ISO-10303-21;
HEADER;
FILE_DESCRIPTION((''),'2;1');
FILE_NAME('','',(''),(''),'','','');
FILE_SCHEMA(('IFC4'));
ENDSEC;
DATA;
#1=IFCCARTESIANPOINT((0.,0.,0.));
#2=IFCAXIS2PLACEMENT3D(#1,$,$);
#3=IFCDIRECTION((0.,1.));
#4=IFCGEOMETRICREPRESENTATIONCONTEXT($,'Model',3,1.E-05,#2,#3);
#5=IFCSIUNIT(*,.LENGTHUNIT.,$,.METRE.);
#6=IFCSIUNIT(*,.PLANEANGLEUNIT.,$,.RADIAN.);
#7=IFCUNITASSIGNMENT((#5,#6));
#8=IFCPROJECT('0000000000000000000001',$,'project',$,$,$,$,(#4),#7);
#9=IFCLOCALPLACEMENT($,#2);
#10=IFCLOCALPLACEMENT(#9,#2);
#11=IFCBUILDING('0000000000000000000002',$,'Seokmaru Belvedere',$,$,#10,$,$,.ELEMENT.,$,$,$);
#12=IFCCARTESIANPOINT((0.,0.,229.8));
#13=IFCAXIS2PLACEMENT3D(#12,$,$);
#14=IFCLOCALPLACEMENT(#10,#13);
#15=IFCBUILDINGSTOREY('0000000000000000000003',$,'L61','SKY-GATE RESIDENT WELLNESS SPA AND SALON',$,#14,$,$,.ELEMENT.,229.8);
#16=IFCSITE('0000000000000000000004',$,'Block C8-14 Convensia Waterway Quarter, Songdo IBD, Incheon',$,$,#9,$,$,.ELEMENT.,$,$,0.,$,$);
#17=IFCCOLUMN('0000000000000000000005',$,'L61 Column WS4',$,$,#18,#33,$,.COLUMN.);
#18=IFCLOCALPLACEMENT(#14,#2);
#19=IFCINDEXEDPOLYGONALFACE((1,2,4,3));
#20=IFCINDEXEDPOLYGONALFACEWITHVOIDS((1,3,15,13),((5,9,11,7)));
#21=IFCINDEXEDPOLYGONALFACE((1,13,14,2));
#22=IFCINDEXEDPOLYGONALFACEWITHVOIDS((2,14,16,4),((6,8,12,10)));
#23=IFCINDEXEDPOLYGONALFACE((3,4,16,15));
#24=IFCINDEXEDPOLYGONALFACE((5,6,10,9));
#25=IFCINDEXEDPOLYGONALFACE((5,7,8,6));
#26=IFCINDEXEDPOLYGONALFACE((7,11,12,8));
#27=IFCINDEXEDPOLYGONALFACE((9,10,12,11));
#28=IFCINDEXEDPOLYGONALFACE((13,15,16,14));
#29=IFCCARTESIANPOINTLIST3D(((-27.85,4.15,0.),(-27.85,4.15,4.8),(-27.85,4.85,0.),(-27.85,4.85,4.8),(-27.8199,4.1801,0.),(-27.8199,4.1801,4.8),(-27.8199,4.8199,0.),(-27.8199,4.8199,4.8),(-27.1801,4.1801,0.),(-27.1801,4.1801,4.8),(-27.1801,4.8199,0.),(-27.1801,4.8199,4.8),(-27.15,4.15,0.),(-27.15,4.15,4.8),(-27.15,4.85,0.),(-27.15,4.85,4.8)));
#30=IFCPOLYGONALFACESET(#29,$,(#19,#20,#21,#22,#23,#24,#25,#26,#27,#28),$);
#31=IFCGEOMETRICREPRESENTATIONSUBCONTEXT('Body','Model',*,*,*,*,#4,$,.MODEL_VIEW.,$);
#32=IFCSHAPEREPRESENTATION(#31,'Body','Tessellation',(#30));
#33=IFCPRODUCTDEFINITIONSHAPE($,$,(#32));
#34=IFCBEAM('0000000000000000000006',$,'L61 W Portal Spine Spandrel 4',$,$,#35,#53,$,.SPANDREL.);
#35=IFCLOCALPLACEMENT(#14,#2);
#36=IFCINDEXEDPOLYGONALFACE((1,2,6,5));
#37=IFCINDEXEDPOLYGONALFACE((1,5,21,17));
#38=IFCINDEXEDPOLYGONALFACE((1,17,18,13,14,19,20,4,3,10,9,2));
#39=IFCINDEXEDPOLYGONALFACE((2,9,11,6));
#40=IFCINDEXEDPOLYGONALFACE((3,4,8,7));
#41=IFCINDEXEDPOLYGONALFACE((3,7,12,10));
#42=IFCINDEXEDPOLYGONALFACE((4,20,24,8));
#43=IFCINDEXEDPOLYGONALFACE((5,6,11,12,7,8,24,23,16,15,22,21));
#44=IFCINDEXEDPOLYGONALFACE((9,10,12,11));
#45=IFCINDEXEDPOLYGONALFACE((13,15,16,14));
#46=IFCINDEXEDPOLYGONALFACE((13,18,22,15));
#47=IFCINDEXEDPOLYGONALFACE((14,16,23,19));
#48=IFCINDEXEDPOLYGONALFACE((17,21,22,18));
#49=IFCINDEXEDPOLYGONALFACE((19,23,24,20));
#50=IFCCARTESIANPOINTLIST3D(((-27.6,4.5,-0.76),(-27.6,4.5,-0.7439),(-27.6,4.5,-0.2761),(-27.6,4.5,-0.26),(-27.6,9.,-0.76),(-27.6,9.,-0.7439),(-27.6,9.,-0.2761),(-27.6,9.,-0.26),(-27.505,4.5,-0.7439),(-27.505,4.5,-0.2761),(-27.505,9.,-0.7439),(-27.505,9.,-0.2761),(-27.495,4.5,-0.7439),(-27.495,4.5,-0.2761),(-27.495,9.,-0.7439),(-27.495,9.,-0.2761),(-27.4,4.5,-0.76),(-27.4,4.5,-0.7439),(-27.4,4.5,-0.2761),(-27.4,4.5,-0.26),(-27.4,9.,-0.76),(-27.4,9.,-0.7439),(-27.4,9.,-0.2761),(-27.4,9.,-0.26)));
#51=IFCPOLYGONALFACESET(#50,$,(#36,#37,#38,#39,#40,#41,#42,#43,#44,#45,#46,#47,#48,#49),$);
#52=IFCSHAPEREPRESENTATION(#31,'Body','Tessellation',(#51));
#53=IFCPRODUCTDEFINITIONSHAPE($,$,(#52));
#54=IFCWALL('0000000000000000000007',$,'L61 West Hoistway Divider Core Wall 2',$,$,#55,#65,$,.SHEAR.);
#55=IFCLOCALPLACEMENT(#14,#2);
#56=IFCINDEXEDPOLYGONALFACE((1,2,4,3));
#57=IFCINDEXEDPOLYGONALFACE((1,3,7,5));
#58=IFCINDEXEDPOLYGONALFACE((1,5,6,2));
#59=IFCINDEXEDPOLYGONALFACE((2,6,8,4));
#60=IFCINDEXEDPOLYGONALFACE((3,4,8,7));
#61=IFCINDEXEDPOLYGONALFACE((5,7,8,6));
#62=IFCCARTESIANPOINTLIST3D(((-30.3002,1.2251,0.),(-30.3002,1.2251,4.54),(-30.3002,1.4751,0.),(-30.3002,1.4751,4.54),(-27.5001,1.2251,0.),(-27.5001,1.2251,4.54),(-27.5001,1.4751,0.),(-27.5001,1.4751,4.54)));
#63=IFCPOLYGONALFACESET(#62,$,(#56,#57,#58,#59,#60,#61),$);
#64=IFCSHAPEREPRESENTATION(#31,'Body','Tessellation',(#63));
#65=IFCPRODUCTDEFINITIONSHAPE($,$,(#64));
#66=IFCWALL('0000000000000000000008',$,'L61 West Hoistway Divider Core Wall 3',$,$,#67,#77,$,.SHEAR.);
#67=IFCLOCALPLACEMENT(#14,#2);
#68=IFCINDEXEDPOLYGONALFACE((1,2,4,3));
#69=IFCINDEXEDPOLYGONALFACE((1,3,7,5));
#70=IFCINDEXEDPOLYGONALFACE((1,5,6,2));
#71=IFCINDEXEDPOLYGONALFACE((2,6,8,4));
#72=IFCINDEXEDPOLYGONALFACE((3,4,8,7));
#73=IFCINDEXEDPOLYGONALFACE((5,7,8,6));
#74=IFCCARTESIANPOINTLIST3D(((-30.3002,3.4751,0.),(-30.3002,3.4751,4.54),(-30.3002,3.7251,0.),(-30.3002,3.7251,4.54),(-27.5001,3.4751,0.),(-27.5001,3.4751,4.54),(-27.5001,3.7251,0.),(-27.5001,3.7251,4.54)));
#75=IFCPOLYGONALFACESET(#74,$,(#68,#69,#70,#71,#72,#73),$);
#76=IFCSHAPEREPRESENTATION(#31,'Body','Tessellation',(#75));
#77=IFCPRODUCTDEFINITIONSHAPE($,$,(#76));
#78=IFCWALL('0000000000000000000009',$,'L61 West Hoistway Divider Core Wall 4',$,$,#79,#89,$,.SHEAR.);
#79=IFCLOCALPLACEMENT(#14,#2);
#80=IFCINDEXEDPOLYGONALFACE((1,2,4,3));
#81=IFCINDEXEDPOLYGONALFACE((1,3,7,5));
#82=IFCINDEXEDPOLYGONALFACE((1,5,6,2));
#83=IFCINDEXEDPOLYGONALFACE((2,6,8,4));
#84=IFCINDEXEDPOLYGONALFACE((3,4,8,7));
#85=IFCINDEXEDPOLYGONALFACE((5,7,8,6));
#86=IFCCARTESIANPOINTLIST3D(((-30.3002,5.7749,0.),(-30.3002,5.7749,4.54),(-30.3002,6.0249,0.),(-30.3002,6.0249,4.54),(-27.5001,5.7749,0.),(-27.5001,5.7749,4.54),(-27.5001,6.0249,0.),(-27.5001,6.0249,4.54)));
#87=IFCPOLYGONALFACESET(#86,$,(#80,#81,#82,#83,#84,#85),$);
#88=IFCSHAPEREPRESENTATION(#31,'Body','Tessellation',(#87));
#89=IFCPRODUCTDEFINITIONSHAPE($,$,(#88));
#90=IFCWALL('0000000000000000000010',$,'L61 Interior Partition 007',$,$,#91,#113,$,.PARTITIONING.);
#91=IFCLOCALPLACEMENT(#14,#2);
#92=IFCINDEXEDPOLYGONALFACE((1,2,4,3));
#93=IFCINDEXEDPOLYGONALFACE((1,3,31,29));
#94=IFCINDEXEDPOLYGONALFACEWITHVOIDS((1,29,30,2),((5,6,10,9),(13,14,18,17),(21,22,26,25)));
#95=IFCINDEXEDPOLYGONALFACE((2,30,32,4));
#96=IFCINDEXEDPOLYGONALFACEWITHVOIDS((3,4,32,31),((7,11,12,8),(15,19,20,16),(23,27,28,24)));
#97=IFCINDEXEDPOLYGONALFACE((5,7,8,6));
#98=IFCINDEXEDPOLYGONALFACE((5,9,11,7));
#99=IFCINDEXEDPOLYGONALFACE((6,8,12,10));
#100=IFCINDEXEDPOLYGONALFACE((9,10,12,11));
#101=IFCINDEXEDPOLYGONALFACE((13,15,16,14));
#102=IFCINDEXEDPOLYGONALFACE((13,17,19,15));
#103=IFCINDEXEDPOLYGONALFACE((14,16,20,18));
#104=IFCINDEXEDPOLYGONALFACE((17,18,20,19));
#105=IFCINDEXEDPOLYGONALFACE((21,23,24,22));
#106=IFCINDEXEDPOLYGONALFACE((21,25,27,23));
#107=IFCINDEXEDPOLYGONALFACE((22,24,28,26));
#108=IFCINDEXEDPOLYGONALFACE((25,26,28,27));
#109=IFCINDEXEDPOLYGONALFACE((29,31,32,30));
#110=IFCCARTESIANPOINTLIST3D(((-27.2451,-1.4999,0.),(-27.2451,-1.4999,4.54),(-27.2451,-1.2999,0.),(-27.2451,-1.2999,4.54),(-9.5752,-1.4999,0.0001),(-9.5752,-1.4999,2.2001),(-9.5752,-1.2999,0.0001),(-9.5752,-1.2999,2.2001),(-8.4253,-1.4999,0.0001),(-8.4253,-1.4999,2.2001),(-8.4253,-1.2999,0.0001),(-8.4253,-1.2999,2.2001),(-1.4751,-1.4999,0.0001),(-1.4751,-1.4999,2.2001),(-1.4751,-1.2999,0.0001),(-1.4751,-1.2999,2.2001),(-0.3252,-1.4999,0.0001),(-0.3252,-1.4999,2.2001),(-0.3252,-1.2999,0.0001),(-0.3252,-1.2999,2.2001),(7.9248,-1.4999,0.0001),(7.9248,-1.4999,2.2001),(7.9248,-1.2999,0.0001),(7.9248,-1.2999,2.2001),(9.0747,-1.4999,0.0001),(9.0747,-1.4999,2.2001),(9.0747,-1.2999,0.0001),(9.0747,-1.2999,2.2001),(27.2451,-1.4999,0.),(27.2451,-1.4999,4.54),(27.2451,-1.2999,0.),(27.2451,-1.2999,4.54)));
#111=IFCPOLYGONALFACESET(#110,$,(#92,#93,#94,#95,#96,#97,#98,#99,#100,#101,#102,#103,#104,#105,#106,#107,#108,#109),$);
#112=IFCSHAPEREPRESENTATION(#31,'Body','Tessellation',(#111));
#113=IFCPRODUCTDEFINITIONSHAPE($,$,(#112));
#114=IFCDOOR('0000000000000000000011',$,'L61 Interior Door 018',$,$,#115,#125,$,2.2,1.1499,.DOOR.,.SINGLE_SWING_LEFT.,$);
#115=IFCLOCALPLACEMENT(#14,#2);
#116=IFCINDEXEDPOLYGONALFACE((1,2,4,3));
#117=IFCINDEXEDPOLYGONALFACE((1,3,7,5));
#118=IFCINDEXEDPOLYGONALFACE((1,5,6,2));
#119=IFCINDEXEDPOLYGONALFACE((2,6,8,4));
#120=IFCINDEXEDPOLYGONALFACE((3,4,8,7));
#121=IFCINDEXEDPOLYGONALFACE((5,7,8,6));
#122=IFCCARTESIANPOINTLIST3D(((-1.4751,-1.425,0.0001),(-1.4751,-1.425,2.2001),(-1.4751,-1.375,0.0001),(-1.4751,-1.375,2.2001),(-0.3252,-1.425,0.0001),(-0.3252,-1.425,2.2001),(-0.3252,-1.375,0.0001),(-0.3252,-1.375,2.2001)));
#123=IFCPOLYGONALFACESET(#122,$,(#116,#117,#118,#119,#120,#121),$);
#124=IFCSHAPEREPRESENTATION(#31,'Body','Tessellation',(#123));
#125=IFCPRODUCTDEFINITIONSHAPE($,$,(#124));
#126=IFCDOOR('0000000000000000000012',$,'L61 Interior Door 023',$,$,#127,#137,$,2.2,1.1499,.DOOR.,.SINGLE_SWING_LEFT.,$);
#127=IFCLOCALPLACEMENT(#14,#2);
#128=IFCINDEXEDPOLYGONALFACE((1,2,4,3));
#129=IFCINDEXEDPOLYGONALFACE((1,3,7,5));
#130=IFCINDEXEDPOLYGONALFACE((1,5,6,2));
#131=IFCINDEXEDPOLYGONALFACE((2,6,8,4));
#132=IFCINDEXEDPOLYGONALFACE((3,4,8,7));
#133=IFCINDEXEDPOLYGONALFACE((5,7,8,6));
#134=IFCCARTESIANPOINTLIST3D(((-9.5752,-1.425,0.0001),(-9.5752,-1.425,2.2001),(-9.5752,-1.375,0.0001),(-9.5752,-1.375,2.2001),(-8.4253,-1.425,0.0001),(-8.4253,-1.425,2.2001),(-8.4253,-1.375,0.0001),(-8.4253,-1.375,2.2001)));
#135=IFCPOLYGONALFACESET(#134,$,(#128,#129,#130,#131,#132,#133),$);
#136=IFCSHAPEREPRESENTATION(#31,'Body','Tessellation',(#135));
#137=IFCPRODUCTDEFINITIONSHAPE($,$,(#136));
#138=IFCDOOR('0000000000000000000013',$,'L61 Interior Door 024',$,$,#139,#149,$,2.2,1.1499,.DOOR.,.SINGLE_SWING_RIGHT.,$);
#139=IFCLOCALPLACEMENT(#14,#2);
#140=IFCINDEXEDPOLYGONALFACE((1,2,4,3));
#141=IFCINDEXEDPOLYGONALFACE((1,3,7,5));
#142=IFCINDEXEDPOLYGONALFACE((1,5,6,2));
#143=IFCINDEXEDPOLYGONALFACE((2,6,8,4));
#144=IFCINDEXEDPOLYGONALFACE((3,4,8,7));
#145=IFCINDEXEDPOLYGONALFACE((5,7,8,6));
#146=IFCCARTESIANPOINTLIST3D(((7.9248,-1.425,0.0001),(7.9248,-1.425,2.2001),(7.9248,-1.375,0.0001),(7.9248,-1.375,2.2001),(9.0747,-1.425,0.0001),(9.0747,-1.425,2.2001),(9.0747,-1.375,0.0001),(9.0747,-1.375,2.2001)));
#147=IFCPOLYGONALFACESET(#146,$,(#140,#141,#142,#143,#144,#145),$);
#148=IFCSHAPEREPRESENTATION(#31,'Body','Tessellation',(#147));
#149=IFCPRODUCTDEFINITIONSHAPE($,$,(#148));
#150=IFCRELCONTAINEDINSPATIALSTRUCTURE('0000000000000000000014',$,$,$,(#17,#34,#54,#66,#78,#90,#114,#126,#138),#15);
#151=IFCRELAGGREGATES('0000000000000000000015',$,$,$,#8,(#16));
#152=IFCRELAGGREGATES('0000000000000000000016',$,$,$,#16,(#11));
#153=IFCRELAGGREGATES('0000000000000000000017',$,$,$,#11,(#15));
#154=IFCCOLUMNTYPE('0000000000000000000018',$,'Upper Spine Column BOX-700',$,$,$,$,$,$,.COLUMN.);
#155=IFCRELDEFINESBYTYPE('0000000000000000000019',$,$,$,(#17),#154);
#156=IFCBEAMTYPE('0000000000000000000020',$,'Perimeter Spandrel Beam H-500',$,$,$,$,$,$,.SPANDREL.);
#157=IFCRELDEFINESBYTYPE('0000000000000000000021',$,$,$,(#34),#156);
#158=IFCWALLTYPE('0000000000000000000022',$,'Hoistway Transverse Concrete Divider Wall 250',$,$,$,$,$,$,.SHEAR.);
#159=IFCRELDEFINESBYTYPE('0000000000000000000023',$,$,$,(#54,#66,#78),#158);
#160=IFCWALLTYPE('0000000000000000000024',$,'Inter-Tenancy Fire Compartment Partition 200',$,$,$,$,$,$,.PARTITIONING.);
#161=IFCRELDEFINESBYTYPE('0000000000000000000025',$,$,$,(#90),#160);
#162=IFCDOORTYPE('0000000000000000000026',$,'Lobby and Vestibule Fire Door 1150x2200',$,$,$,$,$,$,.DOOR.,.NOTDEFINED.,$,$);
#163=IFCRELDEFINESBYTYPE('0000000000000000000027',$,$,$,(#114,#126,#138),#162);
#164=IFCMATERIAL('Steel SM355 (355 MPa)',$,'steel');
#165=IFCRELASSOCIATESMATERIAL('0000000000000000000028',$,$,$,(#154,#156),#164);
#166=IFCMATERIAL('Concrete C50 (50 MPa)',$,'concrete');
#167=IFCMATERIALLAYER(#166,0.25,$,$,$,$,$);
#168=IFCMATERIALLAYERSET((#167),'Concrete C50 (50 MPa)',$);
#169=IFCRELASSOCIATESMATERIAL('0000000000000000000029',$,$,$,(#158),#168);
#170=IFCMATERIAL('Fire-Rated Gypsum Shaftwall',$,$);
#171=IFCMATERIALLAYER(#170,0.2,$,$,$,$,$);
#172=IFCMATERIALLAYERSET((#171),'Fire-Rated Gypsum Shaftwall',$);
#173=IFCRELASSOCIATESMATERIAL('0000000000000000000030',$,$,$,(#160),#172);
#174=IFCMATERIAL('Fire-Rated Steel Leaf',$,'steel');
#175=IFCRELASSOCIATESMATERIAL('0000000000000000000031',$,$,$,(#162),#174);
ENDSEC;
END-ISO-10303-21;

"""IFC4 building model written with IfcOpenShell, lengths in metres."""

from ifc_helpers import new_model, si_unit, direction, frame, frame_2d, origin, origin_2d, place, context, subcontext, project, spatial, rectangle, hollow_rectangle, i_section, extrude, source, transform, mapped, material, layer, layer_set, material_profile, profile_set, type_object, type_shapes, element, fill, save


model = new_model("IFC4")

# Units and contexts
model_context = context("Model", 3, precision=1e-05, world=origin(), true_north=direction((0.0, 1.0)))
body_context = subcontext(model_context, "Body", "Model", "MODEL_VIEW")
ifc_project = project(units=[si_unit("LENGTHUNIT", "METRE"), si_unit("PLANEANGLEUNIT", "RADIAN")], contexts=[model_context])

# Site, building, storey
site_placement = place(None, origin())
site = spatial("IfcSite", under=ifc_project, at=site_placement, Name="Block C8-14 Convensia Waterway Quarter, Songdo IBD, Incheon", CompositionType="ELEMENT", RefElevation=0.0)
building_placement = place(site_placement, origin())
building = spatial("IfcBuilding", under=site, at=building_placement, Name="Seokmaru Belvedere", CompositionType="ELEMENT")
storey_placement = place(building_placement, frame((0.0, 0.0, 229.8)))
storey = spatial("IfcBuildingStorey", under=building, at=storey_placement, Name="L61", Description="SKY-GATE RESIDENT WELLNESS SPA AND SALON", CompositionType="ELEMENT", Elevation=229.8)

# Column
ifc_material_1 = material(Name="Steel SM355 (355 MPa)", Category="steel")
ifc_material_profile_1 = material_profile(ifc_material_1, hollow_rectangle(XDim=0.7, YDim=0.7, WallThickness=0.03, at=origin_2d()), Name="BOX-700x700x30")
ifc_profile_set_1 = profile_set([ifc_material_profile_1], Name="Steel SM355 (355 MPa)")
column_type = type_object("IfcColumnType", Name="Upper Spine Column BOX-700", PredefinedType="COLUMN", material=ifc_profile_set_1)
shared_shape_1 = source(origin(), body_context, "Body", "SweptSolid", [
    extrude(hollow_rectangle(XDim=0.7, YDim=0.7, WallThickness=0.03, at=origin_2d()), origin(), (0.0, 0.0, 1.0), 4.8),
])
type_shapes(column_type, [shared_shape_1])
column_placement = place(storey_placement, frame((-27.5, 4.5, 0.0), z_axis=(0.0, 0.0, 1.0), x_axis=(1.0, 0.0, 0.0)))
element("IfcColumn", 1, at=column_placement, inside=storey, type_object=column_type, Name="L61 Column WS4", PredefinedType="COLUMN", context=body_context, shape_type="MappedRepresentation", body=[
    mapped(shared_shape_1, transform((0.0, 0.0, 0.0), scale=1.0)),
])

# Beam
ifc_material_profile_2 = material_profile(ifc_material_1, i_section(OverallWidth=0.2, OverallDepth=0.5, WebThickness=0.01, FlangeThickness=0.0161, at=origin_2d()), Name="H-500x200x10x16")
ifc_profile_set_2 = profile_set([ifc_material_profile_2], Name="Steel SM355 (355 MPa)")
beam_type = type_object("IfcBeamType", Name="Perimeter Spandrel Beam H-500", PredefinedType="SPANDREL", material=ifc_profile_set_2)
shared_shape_2 = source(origin(), body_context, "Body", "SweptSolid", [
    extrude(i_section(OverallWidth=0.2, OverallDepth=0.5, WebThickness=0.01, FlangeThickness=0.0161, at=origin_2d()), origin(), (0.0, 0.0, 1.0), 4.5),
])
type_shapes(beam_type, [shared_shape_2])
beam_placement = place(storey_placement, frame((-27.5, 4.5, -0.51), z_axis=(0.0, 1.0, 0.0), x_axis=(-1.0, 0.0, 0.0)))
element("IfcBeam", 2, at=beam_placement, inside=storey, type_object=beam_type, Name="L61 W Portal Spine Spandrel 4", PredefinedType="SPANDREL", context=body_context, shape_type="MappedRepresentation", body=[
    mapped(shared_shape_2, transform((0.0, 0.0, 0.0), scale=1.0)),
])

# Walls
ifc_material_2 = material(Name="Concrete C50 (50 MPa)", Category="concrete")
ifc_layer_1 = layer(ifc_material_2, 0.25)
ifc_layer_set_1 = layer_set([ifc_layer_1], Name="Concrete C50 (50 MPa)")
wall_type_1 = type_object("IfcWallType", Name="Hoistway Transverse Concrete Divider Wall 250", PredefinedType="SHEAR", material=ifc_layer_set_1)
for number, where, z_axis, x_axis, name in (
    (3, (-30.3, 1.3501, 0.0), (0.0, 0.0, 1.0), (1.0, 0.0, 0.0), "L61 West Hoistway Divider Core Wall 2"),
    (4, (-30.3, 3.6001, 0.0), (0.0, 0.0, 1.0), (1.0, 0.0, 0.0), "L61 West Hoistway Divider Core Wall 3"),
    (5, (-30.3, 5.8999, 0.0), (0.0, 0.0, 1.0), (1.0, 0.0, 0.0), "L61 West Hoistway Divider Core Wall 4"),
):
    element("IfcWall", number, at=place(storey_placement, frame(where, z_axis=z_axis, x_axis=x_axis)), inside=storey, type_object=wall_type_1, Name=name, PredefinedType="SHEAR", context=body_context, shape_type="SweptSolid", body=[
        extrude(rectangle(XDim=2.8, YDim=0.25, at=frame_2d((1.3999, 0.0))), origin(), (0.0, 0.0, 1.0), 4.54),
    ])

# Wall, openings, doors
ifc_material_3 = material(Name="Fire-Rated Gypsum Shaftwall")
ifc_layer_2 = layer(ifc_material_3, 0.2)
ifc_layer_set_2 = layer_set([ifc_layer_2], Name="Fire-Rated Gypsum Shaftwall")
wall_type_2 = type_object("IfcWallType", Name="Inter-Tenancy Fire Compartment Partition 200", PredefinedType="PARTITIONING", material=ifc_layer_set_2)
wall_1_placement = place(storey_placement, frame((-27.2451, -1.3999, 0.0), z_axis=(0.0, 0.0, 1.0), x_axis=(1.0, 0.0, 0.0)))
wall_1 = element("IfcWall", 6, at=wall_1_placement, inside=storey, type_object=wall_type_2, Name="L61 Interior Partition 007", PredefinedType="PARTITIONING", context=body_context, shape_type="SweptSolid", body=[
    extrude(rectangle(XDim=54.4902, YDim=0.2, at=frame_2d((27.2451, 0.0))), origin(), (0.0, 0.0, 1.0), 4.54),
])
opening_1_placement = place(wall_1_placement, frame((25.77, 0.0, 0.0)))
opening_1 = element("IfcOpeningElement", 7, at=opening_1_placement, cuts=wall_1, PredefinedType="OPENING", context=body_context, shape_type="SweptSolid", body=[
    extrude(rectangle(XDim=1.1499, YDim=2.2, at=frame_2d((0.575, 1.1001))), frame((0.0, 0.1099, 0.0), z_axis=(0.0, -1.0, 0.0), x_axis=(1.0, 0.0, 0.0)), (0.0, 0.0, 1.0), 0.22),
])
opening_2_placement = place(wall_1_placement, frame((17.6699, 0.0, 0.0)))
opening_2 = element("IfcOpeningElement", 8, at=opening_2_placement, cuts=wall_1, PredefinedType="OPENING", context=body_context, shape_type="SweptSolid", body=[
    extrude(rectangle(XDim=1.1499, YDim=2.2, at=frame_2d((0.575, 1.1001))), frame((0.0, 0.1099, 0.0), z_axis=(0.0, -1.0, 0.0), x_axis=(1.0, 0.0, 0.0)), (0.0, 0.0, 1.0), 0.22),
])
opening_3_placement = place(wall_1_placement, frame((35.1699, 0.0, 0.0)))
opening_3 = element("IfcOpeningElement", 9, at=opening_3_placement, cuts=wall_1, PredefinedType="OPENING", context=body_context, shape_type="SweptSolid", body=[
    extrude(rectangle(XDim=1.1499, YDim=2.2, at=frame_2d((0.575, 1.1001))), frame((0.0, 0.1099, 0.0), z_axis=(0.0, -1.0, 0.0), x_axis=(1.0, 0.0, 0.0)), (0.0, 0.0, 1.0), 0.22),
])
ifc_material_4 = material(Name="Fire-Rated Steel Leaf", Category="steel")
door_type_1 = type_object("IfcDoorType", Name="Lobby and Vestibule Fire Door 1150x2200", OperationType="NOTDEFINED", PredefinedType="DOOR", material=ifc_material_4)
shared_shape_3 = source(origin(), body_context, "Body", "SweptSolid", [
    extrude(rectangle(XDim=1.1499, YDim=2.2, at=frame_2d((0.575, 1.1001))), frame((0.0, 0.0249, 0.0), z_axis=(0.0, -1.0, 0.0), x_axis=(1.0, 0.0, 0.0)), (0.0, 0.0, 1.0), 0.05),
])
type_shapes(door_type_1, [shared_shape_3])
door_1_placement = place(opening_1_placement, origin())
door_1 = element("IfcDoor", 10, at=door_1_placement, inside=storey, type_object=door_type_1, Name="L61 Interior Door 018", OperationType="SINGLE_SWING_LEFT", OverallHeight=2.2, OverallWidth=1.1499, PredefinedType="DOOR", context=body_context, shape_type="MappedRepresentation", body=[
    mapped(shared_shape_3, transform((0.0, 0.0, 0.0), scale=1.0)),
])
fill(opening_1, door_1)
door_2_placement = place(opening_2_placement, origin())
door_2 = element("IfcDoor", 11, at=door_2_placement, inside=storey, type_object=door_type_1, Name="L61 Interior Door 023", OperationType="SINGLE_SWING_LEFT", OverallHeight=2.2, OverallWidth=1.1499, PredefinedType="DOOR", context=body_context, shape_type="MappedRepresentation", body=[
    mapped(shared_shape_3, transform((0.0, 0.0, 0.0), scale=1.0)),
])
fill(opening_2, door_2)
door_3_placement = place(opening_3_placement, origin())
door_3 = element("IfcDoor", 12, at=door_3_placement, inside=storey, type_object=door_type_1, Name="L61 Interior Door 024", OperationType="SINGLE_SWING_RIGHT", OverallHeight=2.2, OverallWidth=1.1499, PredefinedType="DOOR", context=body_context, shape_type="MappedRepresentation", body=[
    mapped(shared_shape_3, transform((0.0, 0.0, 0.0), scale=1.0)),
])
fill(opening_3, door_3)

save(model, "model.ifc")
